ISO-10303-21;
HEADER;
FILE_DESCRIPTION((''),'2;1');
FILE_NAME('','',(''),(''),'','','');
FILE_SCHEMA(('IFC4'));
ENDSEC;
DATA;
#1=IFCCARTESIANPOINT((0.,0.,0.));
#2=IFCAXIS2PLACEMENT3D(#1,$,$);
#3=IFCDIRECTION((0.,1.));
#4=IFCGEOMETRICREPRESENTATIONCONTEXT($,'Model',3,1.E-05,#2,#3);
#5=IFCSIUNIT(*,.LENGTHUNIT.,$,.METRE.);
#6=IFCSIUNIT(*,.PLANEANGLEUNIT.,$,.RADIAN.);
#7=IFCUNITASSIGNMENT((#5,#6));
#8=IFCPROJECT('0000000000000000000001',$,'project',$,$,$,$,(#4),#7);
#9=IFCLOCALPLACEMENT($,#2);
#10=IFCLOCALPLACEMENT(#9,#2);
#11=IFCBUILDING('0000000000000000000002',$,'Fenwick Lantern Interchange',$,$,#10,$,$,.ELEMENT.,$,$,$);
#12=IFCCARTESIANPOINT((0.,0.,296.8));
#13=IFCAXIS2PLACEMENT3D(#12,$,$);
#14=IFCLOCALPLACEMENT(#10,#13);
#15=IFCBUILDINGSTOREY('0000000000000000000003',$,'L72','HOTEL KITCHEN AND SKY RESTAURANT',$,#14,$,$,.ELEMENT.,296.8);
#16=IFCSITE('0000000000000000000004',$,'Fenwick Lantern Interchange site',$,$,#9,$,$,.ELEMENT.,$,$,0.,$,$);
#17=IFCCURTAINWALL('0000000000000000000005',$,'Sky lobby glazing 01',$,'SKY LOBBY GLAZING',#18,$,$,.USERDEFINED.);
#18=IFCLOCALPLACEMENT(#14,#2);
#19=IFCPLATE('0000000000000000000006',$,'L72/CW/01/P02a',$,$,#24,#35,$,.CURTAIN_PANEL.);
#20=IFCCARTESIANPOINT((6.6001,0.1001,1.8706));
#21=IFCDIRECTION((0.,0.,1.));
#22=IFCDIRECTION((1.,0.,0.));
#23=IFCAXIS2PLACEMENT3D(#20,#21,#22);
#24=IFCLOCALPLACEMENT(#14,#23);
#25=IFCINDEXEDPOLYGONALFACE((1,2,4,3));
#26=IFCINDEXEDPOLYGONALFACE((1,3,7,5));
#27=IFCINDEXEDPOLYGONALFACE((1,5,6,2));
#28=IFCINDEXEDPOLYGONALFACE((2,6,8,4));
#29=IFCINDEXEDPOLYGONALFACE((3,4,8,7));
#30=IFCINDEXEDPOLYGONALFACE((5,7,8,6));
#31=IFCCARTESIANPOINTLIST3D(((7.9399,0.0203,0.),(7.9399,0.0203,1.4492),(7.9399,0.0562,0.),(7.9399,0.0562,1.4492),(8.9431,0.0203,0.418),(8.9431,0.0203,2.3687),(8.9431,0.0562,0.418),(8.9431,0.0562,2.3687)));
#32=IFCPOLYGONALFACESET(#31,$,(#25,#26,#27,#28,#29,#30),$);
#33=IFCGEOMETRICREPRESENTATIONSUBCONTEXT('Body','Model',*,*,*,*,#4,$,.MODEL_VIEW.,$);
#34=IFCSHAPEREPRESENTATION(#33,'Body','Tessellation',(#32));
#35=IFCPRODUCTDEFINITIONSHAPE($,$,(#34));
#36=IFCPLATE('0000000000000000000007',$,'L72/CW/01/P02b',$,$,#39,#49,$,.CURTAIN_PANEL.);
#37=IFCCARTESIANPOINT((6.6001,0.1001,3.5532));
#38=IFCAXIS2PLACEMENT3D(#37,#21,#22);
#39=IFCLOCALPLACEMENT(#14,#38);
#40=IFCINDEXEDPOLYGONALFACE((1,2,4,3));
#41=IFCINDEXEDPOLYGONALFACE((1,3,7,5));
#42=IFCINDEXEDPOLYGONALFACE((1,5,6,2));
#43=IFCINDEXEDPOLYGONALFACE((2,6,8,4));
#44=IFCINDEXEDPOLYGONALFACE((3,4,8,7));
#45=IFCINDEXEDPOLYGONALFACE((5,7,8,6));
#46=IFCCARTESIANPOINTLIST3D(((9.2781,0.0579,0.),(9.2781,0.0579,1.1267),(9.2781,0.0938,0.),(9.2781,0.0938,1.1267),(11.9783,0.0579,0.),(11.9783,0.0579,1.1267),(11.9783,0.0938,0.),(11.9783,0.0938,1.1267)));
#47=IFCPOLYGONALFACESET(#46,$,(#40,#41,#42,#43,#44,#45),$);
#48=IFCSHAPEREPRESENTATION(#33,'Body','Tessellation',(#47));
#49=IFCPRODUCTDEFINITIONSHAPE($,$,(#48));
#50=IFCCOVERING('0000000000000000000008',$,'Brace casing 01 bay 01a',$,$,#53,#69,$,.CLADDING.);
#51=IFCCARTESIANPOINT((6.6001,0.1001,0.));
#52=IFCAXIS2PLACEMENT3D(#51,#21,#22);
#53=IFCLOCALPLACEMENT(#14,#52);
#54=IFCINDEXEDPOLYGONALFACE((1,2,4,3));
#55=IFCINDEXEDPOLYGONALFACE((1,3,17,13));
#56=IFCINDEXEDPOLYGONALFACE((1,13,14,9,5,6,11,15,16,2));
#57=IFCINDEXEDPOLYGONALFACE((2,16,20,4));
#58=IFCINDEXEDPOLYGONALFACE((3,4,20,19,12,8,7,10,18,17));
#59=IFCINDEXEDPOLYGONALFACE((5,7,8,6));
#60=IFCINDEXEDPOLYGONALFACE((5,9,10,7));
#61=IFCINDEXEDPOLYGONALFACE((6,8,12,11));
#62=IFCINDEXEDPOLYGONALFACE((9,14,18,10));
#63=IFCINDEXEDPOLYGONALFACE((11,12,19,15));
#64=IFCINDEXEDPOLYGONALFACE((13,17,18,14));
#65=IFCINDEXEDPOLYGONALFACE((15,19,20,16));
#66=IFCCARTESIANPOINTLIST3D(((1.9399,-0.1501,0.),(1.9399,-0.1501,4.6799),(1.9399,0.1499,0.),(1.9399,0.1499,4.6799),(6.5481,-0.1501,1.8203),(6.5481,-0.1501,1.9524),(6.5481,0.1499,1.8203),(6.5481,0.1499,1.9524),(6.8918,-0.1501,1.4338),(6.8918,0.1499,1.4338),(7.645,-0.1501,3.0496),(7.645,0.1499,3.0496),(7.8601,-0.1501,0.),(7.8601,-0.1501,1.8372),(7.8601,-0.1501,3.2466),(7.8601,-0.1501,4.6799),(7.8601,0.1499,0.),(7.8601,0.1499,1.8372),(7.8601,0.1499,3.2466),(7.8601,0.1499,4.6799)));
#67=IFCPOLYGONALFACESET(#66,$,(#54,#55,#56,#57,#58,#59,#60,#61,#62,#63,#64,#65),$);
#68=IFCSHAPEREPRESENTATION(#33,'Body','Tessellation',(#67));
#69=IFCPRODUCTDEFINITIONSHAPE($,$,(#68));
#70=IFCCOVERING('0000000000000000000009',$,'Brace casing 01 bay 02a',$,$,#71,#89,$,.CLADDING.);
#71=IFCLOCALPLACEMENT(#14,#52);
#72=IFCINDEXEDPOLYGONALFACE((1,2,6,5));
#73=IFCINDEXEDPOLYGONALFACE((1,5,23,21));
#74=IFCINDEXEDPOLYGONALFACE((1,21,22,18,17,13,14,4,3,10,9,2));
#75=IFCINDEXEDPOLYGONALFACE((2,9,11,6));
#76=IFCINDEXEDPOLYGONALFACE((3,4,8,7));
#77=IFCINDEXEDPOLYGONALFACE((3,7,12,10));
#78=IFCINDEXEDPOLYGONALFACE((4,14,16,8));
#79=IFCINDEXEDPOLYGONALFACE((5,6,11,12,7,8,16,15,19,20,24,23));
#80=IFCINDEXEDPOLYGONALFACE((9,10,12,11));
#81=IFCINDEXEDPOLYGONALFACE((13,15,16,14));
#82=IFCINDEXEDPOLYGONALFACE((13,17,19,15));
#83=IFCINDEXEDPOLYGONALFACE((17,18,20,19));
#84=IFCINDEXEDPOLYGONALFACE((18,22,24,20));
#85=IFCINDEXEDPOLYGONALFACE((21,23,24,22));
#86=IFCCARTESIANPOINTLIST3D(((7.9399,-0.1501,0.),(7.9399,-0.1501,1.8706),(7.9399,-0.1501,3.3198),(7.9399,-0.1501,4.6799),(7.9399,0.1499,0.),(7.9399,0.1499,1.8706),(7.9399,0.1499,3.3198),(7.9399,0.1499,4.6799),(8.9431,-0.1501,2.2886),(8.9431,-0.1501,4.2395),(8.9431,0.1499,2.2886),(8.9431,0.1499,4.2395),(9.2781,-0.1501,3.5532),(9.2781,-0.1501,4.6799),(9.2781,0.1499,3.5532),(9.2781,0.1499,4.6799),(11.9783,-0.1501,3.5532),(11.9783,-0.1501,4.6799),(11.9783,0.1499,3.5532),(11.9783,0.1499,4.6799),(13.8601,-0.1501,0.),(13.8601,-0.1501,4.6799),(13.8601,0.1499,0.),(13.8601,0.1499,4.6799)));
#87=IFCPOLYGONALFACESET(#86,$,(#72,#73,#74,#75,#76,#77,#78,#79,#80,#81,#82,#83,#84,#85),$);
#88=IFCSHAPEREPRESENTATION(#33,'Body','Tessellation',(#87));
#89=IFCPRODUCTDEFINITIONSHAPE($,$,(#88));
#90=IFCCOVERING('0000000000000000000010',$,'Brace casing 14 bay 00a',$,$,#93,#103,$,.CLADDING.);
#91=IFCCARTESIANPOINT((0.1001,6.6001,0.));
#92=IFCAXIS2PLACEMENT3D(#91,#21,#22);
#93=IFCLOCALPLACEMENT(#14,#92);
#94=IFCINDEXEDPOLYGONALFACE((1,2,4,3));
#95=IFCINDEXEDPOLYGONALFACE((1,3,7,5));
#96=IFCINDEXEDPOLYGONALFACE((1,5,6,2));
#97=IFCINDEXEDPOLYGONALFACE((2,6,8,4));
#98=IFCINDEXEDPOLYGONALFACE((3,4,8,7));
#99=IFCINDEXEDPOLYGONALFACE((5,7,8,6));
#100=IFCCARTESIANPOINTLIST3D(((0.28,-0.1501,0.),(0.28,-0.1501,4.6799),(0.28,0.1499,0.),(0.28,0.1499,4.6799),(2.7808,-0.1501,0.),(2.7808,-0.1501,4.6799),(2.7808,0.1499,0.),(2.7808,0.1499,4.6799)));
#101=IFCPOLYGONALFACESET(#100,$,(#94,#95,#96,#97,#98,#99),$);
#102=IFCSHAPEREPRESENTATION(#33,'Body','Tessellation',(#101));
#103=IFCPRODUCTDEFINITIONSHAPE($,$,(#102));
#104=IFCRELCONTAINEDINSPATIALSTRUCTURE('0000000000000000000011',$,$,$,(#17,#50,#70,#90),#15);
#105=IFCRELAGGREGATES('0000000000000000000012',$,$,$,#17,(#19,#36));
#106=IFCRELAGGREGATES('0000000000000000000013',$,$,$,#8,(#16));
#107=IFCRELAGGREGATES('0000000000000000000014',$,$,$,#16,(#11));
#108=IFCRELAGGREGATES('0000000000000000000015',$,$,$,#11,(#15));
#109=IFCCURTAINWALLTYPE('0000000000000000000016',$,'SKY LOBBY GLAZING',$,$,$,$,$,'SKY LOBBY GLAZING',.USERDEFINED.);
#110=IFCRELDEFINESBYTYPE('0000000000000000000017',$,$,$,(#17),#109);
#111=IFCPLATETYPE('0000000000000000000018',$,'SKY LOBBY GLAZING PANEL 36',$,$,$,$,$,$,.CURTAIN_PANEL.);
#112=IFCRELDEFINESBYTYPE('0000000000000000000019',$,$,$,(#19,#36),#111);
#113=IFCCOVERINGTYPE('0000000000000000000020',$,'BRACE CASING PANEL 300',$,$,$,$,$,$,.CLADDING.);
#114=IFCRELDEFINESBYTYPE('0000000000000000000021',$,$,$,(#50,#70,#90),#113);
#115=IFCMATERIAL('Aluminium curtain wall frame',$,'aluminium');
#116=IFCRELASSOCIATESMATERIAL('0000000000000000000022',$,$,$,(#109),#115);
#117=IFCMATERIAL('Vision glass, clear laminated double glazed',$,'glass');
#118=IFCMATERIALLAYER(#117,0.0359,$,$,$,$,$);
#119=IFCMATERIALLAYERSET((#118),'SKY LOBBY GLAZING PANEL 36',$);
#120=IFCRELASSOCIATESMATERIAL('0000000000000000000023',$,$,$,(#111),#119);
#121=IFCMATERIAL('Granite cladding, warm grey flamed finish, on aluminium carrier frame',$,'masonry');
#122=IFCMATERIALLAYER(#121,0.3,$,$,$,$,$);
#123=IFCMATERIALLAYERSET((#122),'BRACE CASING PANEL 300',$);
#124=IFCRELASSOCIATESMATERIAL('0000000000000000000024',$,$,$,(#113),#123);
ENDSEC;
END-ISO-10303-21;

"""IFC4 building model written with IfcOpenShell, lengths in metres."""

from ifc_helpers import new_model, si_unit, direction, frame, origin, place, context, subcontext, project, spatial, polyline, outline, extrude, material, layer, layer_set, type_object, element, aggregate, save


model = new_model("IFC4")

# Units and contexts
model_context = context("Model", 3, precision=1e-05, world=origin(), true_north=direction((0.0, 1.0)))
body_context = subcontext(model_context, "Body", "Model", "MODEL_VIEW")
ifc_project = project(units=[si_unit("LENGTHUNIT", "METRE"), si_unit("PLANEANGLEUNIT", "RADIAN")], contexts=[model_context])

# Site, building, storey
site_placement = place(None, origin())
site = spatial("IfcSite", under=ifc_project, at=site_placement, Name="Fenwick Lantern Interchange site", CompositionType="ELEMENT", RefElevation=0.0)
building_placement = place(site_placement, origin())
building = spatial("IfcBuilding", under=site, at=building_placement, Name="Fenwick Lantern Interchange", CompositionType="ELEMENT")
storey_placement = place(building_placement, frame((0.0, 0.0, 296.8)))
storey = spatial("IfcBuildingStorey", under=building, at=storey_placement, Name="L72", Description="HOTEL KITCHEN AND SKY RESTAURANT", CompositionType="ELEMENT", Elevation=296.8)

# Shared definitions
ifc_material_1 = material(Name="Aluminium curtain wall frame", Category="aluminium")
curtain_wall_type = type_object("IfcCurtainWallType", Name="SKY LOBBY GLAZING", ElementType="SKY LOBBY GLAZING", PredefinedType="USERDEFINED", material=ifc_material_1)

# Curtain wall, plates
curtain_wall_1_placement = place(storey_placement, origin())
curtain_wall_1 = element("IfcCurtainWall", 1, at=curtain_wall_1_placement, inside=storey, type_object=curtain_wall_type, Name="Sky lobby glazing 01", ObjectType="SKY LOBBY GLAZING", PredefinedType="USERDEFINED")
ifc_material_2 = material(Name="Vision glass, clear laminated double glazed", Category="glass")
ifc_layer_1 = layer(ifc_material_2, 0.0359)
ifc_layer_set_1 = layer_set([ifc_layer_1], Name="SKY LOBBY GLAZING PANEL 36")
plate_type = type_object("IfcPlateType", Name="SKY LOBBY GLAZING PANEL 36", PredefinedType="CURTAIN_PANEL", material=ifc_layer_set_1)
plate_1_placement = place(storey_placement, frame((6.6001, 0.1001, 1.8706), z_axis=(0.0, 0.0, 1.0), x_axis=(1.0, 0.0, 0.0)))
plate_1 = element("IfcPlate", 2, at=plate_1_placement, type_object=plate_type, Name="L72/CW/01/P02a", PredefinedType="CURTAIN_PANEL", context=body_context, shape_type="SweptSolid", body=[
    extrude(outline(polyline([(7.9399, 0.0), (8.9431, 0.418), (8.9431, 2.3687), (7.9399, 1.4492), (7.9399, 0.0)])), frame((0.0, 0.0562, 0.0), z_axis=(0.0, -1.0, 0.0), x_axis=(1.0, 0.0, 0.0)), (0.0, 0.0, 1.0), 0.0359),
])
plate_2_placement = place(storey_placement, frame((6.6001, 0.1001, 3.5532), z_axis=(0.0, 0.0, 1.0), x_axis=(1.0, 0.0, 0.0)))
plate_2 = element("IfcPlate", 3, at=plate_2_placement, type_object=plate_type, Name="L72/CW/01/P02b", PredefinedType="CURTAIN_PANEL", context=body_context, shape_type="SweptSolid", body=[
    extrude(outline(polyline([(9.2781, 0.0), (11.9783, 0.0), (11.9783, 1.1267), (9.2781, 1.1267), (9.2781, 0.0)])), frame((0.0, 0.0938, 0.0), z_axis=(0.0, -1.0, 0.0), x_axis=(1.0, 0.0, 0.0)), (0.0, 0.0, 1.0), 0.0359),
])
aggregate(curtain_wall_1, [plate_1, plate_2])

# Coverings
ifc_material_3 = material(Name="Granite cladding, warm grey flamed finish, on aluminium carrier frame", Category="masonry")
ifc_layer_2 = layer(ifc_material_3, 0.3)
ifc_layer_set_2 = layer_set([ifc_layer_2], Name="BRACE CASING PANEL 300")
covering_type = type_object("IfcCoveringType", Name="BRACE CASING PANEL 300", PredefinedType="CLADDING", material=ifc_layer_set_2)
covering_1_placement = place(storey_placement, frame((6.6001, 0.1001, 0.0), z_axis=(0.0, 0.0, 1.0), x_axis=(1.0, 0.0, 0.0)))
element("IfcCovering", 4, at=covering_1_placement, inside=storey, type_object=covering_type, Name="Brace casing 01 bay 01a", PredefinedType="CLADDING", context=body_context, shape_type="SweptSolid", body=[
    extrude(outline(polyline([(1.9399, 0.0), (7.8601, 0.0), (7.8601, 1.8372), (6.8918, 1.4338), (6.5481, 1.8203), (6.5481, 1.9524), (7.645, 3.0496), (7.8601, 3.2466), (7.8601, 4.6799), (1.9399, 4.6799), (1.9399, 0.0)])), frame((0.0, 0.1499, 0.0), z_axis=(0.0, -1.0, 0.0), x_axis=(1.0, 0.0, 0.0)), (0.0, 0.0, 1.0), 0.3),
])
covering_2_placement = place(storey_placement, frame((6.6001, 0.1001, 0.0), z_axis=(0.0, 0.0, 1.0), x_axis=(1.0, 0.0, 0.0)))
element("IfcCovering", 5, at=covering_2_placement, inside=storey, type_object=covering_type, Name="Brace casing 01 bay 02a", PredefinedType="CLADDING", context=body_context, shape_type="SweptSolid", body=[
    extrude(outline(polyline([(7.9399, 0.0), (13.8601, 0.0), (13.8601, 4.6799), (11.9783, 4.6799), (11.9783, 3.5532), (9.2781, 3.5532), (9.2781, 4.6799), (7.9399, 4.6799), (7.9399, 3.3198), (8.9431, 4.2395), (8.9431, 2.2886), (7.9399, 1.8706), (7.9399, 0.0)])), frame((0.0, 0.1499, 0.0), z_axis=(0.0, -1.0, 0.0), x_axis=(1.0, 0.0, 0.0)), (0.0, 0.0, 1.0), 0.3),
])
covering_3_placement = place(storey_placement, frame((0.1001, 6.6001, 0.0), z_axis=(0.0, 0.0, 1.0), x_axis=(1.0, 0.0, 0.0)))
element("IfcCovering", 6, at=covering_3_placement, inside=storey, type_object=covering_type, Name="Brace casing 14 bay 00a", PredefinedType="CLADDING", context=body_context, shape_type="SweptSolid", body=[
    extrude(outline(polyline([(0.28, 0.0), (2.7808, 0.0), (2.7808, 4.6799), (0.28, 4.6799), (0.28, 0.0)])), frame((0.0, 0.1499, 0.0), z_axis=(0.0, -1.0, 0.0), x_axis=(1.0, 0.0, 0.0)), (0.0, 0.0, 1.0), 0.3),
])

save(model, "model.ifc")
